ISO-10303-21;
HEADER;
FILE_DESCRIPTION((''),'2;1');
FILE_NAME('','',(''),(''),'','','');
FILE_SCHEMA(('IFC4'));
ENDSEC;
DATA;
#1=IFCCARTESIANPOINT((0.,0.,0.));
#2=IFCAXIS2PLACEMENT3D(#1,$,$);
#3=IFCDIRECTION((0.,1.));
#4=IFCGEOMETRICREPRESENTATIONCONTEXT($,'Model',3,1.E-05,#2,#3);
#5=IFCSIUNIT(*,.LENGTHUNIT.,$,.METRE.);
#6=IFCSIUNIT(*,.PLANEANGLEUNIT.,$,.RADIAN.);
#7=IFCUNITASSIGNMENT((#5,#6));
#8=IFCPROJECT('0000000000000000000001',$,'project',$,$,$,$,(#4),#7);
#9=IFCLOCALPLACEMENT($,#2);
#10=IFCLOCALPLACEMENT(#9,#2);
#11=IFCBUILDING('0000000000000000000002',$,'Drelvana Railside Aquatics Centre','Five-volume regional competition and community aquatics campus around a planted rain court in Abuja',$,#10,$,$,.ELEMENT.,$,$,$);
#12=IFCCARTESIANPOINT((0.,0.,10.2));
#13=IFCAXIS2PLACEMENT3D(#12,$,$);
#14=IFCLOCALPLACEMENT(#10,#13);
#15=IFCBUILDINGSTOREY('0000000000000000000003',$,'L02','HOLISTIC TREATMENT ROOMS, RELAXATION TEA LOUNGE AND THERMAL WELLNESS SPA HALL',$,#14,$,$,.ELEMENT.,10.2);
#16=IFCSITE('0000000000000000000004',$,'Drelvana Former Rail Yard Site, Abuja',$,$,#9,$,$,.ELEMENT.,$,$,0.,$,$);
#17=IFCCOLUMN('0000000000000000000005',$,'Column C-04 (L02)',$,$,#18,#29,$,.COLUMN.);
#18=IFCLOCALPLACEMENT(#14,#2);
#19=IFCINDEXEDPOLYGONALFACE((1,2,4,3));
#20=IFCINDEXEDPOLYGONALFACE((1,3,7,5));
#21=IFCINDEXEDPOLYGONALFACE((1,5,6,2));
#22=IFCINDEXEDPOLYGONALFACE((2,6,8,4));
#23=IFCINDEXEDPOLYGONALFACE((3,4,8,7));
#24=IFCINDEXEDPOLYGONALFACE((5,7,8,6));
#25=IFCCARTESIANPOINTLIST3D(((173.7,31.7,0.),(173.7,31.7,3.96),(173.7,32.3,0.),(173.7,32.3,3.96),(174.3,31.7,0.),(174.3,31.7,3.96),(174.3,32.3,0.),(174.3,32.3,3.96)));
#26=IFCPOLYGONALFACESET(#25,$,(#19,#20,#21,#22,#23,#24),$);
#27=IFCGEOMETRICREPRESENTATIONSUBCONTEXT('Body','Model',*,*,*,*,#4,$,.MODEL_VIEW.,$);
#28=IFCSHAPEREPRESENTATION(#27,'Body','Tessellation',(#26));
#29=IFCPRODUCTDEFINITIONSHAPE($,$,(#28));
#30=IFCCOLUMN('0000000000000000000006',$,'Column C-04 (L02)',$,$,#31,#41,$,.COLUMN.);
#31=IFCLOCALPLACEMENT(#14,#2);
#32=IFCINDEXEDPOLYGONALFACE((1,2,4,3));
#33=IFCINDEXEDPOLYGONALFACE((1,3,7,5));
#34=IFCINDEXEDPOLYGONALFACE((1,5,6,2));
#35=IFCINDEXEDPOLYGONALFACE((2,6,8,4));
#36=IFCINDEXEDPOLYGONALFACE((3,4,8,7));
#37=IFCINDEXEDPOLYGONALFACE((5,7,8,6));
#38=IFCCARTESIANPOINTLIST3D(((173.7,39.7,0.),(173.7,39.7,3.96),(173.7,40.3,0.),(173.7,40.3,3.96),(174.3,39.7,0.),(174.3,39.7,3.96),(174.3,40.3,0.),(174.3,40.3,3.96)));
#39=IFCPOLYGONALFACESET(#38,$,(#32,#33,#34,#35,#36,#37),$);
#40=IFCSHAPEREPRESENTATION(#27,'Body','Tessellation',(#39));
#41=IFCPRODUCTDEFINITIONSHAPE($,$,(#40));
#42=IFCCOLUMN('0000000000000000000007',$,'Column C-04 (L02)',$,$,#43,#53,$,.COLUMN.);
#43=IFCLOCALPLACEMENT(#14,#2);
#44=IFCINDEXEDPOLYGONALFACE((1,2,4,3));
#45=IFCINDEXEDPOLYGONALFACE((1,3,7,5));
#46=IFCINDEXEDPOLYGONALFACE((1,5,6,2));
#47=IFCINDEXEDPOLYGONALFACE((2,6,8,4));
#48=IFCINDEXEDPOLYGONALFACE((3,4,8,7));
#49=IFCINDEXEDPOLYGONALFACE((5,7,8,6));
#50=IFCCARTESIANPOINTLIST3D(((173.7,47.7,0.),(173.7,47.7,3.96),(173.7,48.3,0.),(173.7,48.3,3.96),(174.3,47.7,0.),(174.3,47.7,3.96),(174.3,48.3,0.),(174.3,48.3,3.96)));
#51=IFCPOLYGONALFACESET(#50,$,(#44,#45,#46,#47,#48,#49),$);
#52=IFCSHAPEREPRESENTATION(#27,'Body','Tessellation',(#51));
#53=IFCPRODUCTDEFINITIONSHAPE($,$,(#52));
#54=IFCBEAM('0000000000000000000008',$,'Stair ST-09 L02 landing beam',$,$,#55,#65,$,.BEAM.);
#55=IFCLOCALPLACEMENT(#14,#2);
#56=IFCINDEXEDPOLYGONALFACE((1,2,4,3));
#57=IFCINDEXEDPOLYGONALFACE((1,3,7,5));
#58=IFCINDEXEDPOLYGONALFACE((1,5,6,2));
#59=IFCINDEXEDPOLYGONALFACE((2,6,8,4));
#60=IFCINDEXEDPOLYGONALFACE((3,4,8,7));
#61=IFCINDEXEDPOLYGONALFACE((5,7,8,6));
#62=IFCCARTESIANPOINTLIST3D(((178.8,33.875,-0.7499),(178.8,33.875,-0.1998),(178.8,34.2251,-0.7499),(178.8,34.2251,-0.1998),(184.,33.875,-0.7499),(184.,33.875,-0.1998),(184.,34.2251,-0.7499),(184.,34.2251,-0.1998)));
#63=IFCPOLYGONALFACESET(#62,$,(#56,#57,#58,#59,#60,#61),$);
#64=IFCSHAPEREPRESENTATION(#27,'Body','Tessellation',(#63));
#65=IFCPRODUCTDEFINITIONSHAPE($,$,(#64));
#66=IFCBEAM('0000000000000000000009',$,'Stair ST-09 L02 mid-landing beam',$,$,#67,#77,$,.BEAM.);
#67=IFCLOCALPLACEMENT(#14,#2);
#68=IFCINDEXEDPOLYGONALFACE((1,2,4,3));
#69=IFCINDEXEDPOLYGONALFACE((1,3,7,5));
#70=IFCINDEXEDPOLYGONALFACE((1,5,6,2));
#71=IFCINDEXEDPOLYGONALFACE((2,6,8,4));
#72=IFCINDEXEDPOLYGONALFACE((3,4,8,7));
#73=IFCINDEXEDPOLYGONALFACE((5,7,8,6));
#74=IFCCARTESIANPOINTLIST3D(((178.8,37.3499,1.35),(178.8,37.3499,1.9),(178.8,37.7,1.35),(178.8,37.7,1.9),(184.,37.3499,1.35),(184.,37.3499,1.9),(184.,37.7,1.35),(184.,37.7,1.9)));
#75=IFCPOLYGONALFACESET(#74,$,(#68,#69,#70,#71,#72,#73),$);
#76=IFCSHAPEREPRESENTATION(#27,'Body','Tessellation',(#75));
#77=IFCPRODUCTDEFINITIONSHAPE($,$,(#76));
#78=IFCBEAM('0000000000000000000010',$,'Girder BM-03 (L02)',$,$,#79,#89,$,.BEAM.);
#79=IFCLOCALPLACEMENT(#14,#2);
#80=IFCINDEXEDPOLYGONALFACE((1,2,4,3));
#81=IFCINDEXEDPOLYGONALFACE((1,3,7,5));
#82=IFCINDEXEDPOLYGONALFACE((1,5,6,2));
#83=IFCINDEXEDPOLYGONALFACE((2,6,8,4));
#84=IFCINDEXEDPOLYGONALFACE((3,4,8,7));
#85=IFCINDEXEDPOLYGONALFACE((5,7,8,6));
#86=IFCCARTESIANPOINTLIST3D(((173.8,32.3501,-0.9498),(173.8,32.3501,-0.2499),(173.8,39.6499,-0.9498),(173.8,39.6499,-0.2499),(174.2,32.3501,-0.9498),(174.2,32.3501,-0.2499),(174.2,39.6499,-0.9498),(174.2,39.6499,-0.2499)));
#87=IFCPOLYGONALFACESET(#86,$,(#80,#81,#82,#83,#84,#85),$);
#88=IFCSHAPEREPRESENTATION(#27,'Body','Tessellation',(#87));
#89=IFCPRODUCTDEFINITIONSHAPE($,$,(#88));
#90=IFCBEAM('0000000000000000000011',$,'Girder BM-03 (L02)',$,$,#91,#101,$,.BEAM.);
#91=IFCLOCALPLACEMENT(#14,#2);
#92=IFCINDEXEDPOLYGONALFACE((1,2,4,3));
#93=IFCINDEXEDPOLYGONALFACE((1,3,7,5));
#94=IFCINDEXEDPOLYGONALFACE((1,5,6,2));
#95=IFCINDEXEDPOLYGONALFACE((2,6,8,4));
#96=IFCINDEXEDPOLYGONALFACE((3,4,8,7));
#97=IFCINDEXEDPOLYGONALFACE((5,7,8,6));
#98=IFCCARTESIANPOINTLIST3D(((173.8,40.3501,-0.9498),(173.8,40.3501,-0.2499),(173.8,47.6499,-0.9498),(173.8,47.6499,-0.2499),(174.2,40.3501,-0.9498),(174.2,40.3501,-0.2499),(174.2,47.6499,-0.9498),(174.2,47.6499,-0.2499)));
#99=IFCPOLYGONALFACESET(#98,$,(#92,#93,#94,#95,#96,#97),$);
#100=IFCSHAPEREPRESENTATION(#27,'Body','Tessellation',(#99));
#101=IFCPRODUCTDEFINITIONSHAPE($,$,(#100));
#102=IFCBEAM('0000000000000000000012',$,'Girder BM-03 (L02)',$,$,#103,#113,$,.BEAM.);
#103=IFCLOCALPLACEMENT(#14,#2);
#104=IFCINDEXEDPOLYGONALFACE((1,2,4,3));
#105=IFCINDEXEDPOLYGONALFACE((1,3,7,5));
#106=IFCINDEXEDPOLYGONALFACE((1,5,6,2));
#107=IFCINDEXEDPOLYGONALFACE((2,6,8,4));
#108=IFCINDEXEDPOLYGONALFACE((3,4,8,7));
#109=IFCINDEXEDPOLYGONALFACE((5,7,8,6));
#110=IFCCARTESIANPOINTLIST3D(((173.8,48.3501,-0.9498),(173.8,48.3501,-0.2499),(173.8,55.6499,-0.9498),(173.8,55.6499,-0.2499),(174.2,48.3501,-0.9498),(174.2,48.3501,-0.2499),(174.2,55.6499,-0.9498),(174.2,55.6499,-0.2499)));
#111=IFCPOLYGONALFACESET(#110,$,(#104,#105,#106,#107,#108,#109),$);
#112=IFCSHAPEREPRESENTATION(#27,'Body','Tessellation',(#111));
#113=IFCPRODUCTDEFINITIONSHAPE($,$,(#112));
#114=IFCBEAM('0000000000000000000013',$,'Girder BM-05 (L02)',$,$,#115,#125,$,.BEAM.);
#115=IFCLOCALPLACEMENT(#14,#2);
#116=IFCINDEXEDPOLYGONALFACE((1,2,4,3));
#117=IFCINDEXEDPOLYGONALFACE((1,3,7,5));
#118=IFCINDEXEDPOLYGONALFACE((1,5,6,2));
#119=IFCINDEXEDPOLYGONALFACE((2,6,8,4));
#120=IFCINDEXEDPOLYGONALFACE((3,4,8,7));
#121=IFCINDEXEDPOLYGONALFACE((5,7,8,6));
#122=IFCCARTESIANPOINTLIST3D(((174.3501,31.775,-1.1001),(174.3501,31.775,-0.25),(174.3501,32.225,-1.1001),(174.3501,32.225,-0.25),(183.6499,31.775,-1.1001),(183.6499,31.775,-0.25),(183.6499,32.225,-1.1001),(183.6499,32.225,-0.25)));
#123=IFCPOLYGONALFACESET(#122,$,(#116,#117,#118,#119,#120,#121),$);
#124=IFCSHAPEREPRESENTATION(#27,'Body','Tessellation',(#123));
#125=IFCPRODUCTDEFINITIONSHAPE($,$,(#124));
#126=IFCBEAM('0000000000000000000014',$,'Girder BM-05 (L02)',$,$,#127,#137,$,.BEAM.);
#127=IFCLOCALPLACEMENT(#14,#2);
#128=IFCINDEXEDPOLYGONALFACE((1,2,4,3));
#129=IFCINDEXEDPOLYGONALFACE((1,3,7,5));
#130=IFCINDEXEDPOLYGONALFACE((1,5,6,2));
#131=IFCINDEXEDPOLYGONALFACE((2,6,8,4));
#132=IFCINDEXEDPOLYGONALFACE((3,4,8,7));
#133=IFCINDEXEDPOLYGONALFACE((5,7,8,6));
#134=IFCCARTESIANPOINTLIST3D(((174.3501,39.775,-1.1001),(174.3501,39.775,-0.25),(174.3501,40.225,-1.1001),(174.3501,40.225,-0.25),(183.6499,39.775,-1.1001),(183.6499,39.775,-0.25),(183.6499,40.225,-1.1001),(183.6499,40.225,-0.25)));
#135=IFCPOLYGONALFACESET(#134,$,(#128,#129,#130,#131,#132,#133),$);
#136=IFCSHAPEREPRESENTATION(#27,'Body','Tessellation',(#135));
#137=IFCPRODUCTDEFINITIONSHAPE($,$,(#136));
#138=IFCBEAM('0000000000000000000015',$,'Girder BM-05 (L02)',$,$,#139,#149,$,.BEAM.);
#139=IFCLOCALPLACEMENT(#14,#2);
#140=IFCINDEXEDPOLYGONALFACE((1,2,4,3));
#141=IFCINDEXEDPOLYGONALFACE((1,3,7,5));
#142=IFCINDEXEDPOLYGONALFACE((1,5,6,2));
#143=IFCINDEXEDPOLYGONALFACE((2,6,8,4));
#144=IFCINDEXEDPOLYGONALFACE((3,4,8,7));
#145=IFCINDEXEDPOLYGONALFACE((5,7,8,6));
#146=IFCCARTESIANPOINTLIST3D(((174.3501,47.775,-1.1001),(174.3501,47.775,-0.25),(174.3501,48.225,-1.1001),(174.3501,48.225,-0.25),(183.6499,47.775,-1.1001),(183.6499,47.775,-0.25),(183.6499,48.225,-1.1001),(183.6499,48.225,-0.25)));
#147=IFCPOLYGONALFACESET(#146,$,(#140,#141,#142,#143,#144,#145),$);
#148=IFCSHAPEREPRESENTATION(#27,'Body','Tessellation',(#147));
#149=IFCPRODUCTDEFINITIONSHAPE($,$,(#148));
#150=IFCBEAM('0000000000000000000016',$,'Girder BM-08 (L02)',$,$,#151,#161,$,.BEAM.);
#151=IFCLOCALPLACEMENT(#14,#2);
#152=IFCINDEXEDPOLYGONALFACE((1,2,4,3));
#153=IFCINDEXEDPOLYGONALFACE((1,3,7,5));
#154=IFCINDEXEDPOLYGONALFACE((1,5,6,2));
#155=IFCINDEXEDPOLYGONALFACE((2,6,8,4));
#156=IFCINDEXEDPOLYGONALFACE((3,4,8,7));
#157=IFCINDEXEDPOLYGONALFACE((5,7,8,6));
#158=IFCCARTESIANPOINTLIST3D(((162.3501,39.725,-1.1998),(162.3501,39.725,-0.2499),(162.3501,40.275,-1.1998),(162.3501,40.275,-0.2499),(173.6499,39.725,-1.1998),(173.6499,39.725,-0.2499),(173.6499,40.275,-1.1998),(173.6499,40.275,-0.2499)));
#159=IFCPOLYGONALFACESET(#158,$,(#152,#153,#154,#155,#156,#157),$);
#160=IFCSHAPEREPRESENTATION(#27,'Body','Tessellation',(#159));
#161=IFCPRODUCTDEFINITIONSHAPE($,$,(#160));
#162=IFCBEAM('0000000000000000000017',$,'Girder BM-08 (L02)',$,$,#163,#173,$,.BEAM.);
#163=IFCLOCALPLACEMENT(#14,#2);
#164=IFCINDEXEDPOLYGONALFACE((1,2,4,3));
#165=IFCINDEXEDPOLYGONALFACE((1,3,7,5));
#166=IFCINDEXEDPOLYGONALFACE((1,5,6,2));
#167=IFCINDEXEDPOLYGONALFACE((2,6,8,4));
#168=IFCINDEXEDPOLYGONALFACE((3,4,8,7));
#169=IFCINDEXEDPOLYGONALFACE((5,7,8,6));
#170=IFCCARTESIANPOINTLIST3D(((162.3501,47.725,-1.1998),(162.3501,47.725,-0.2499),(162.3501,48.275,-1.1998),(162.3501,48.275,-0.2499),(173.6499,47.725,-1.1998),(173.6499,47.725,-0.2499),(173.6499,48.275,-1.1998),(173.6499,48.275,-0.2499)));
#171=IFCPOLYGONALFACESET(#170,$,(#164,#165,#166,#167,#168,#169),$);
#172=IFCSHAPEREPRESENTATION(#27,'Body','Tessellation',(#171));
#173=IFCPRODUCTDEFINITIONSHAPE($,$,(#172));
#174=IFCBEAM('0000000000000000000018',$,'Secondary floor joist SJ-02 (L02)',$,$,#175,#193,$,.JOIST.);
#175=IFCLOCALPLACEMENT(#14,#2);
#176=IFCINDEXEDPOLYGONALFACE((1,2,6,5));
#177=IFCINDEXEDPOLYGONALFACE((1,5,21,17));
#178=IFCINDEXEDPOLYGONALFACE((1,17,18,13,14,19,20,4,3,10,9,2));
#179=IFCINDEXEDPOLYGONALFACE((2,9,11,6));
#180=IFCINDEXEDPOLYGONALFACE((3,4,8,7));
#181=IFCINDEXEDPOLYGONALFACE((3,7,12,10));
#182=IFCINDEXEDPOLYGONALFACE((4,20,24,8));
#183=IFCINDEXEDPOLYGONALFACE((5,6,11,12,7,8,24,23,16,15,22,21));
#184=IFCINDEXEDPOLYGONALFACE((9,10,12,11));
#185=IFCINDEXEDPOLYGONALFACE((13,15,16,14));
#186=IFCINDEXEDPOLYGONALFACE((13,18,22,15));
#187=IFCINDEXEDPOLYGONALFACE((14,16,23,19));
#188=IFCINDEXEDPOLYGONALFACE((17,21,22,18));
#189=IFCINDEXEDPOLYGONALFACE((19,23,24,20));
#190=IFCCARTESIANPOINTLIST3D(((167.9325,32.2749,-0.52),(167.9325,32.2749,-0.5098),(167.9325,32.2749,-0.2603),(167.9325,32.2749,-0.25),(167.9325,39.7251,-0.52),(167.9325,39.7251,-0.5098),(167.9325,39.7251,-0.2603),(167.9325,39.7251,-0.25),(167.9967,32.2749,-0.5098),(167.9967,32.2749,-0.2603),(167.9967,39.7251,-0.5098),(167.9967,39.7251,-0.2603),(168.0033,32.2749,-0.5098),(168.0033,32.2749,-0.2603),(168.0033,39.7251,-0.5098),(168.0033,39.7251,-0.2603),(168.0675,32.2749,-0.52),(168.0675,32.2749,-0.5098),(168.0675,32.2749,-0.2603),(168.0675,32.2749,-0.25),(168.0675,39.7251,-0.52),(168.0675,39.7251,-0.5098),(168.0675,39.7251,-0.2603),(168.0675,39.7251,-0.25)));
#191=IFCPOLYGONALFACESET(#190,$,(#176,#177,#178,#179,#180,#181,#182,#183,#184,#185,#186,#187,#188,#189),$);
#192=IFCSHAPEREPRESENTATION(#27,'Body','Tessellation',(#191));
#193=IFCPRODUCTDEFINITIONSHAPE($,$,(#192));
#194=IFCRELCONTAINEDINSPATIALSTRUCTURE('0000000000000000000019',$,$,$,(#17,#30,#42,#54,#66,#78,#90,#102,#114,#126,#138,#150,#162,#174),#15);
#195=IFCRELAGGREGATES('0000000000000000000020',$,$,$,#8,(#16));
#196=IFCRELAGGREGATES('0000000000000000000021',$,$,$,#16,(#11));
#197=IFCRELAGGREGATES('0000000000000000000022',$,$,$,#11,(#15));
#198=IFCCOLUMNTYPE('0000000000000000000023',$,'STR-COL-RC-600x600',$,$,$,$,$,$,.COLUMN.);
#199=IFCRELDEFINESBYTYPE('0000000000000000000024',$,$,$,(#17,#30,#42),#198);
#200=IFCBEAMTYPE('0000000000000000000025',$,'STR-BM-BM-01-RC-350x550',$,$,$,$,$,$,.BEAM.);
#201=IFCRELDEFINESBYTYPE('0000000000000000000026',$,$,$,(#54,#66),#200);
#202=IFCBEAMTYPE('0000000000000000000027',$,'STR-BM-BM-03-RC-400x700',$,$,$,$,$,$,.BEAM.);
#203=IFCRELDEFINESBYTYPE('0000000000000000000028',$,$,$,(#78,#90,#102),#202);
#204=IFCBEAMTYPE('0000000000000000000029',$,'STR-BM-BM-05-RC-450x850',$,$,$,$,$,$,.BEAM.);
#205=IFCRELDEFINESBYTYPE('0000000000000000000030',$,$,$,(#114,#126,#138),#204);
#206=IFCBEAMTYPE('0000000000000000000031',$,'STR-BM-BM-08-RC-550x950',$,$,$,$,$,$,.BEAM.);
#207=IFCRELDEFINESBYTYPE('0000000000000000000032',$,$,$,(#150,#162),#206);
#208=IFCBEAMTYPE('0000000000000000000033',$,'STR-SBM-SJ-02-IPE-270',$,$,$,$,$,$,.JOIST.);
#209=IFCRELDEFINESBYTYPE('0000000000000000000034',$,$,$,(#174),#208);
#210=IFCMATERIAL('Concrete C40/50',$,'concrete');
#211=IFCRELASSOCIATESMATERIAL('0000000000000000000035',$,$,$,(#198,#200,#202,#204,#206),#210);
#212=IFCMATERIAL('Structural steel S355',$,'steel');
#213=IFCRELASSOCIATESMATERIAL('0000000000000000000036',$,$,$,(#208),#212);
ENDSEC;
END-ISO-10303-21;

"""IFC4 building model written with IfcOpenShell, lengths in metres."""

from ifc_helpers import new_model, si_unit, direction, frame, origin, origin_2d, place, context, subcontext, project, spatial, rectangle, i_section, extrude, material, material_profile, profile_set, type_object, element, save


model = new_model("IFC4")

# Units and contexts
model_context = context("Model", 3, precision=1e-05, world=origin(), true_north=direction((0.0, 1.0)))
body_context = subcontext(model_context, "Body", "Model", "MODEL_VIEW")
ifc_project = project(units=[si_unit("LENGTHUNIT", "METRE"), si_unit("PLANEANGLEUNIT", "RADIAN")], contexts=[model_context])

# Site, building, storey
site_placement = place(None, origin())
site = spatial("IfcSite", under=ifc_project, at=site_placement, Name="Drelvana Former Rail Yard Site, Abuja", CompositionType="ELEMENT", RefElevation=0.0)
building_placement = place(site_placement, origin())
building = spatial("IfcBuilding", under=site, at=building_placement, Name="Drelvana Railside Aquatics Centre", Description="Five-volume regional competition and community aquatics campus around a planted rain court in Abuja", CompositionType="ELEMENT")
storey_placement = place(building_placement, frame((0.0, 0.0, 10.2)))
storey = spatial("IfcBuildingStorey", under=building, at=storey_placement, Name="L02", Description="HOLISTIC TREATMENT ROOMS, RELAXATION TEA LOUNGE AND THERMAL WELLNESS SPA HALL", CompositionType="ELEMENT", Elevation=10.2)

# Columns
ifc_material_1 = material(Name="Concrete C40/50", Category="concrete")
ifc_material_profile_1 = material_profile(ifc_material_1, rectangle(XDim=0.6001, YDim=0.6001, at=origin_2d()), Name="RC 600x600")
ifc_profile_set_1 = profile_set([ifc_material_profile_1], Name="Concrete C40/50")
column_type = type_object("IfcColumnType", Name="STR-COL-RC-600x600", PredefinedType="COLUMN", material=ifc_profile_set_1)
for number, where, z_axis, x_axis, name in (
    (1, (174.0, 32.0, 0.0), (0.0, 0.0, 1.0), (1.0, 0.0, 0.0), "Column C-04 (L02)"),
    (2, (174.0, 40.0, 0.0), (0.0, 0.0, 1.0), (1.0, 0.0, 0.0), "Column C-04 (L02)"),
    (3, (174.0, 48.0, 0.0), (0.0, 0.0, 1.0), (1.0, 0.0, 0.0), "Column C-04 (L02)"),
):
    element("IfcColumn", number, at=place(storey_placement, frame(where, z_axis=z_axis, x_axis=x_axis)), inside=storey, type_object=column_type, Name=name, PredefinedType="COLUMN", context=body_context, shape_type="SweptSolid", body=[
        extrude(rectangle(XDim=0.6001, YDim=0.6001, at=origin_2d()), origin(), (0.0, 0.0, 1.0), 3.96),
    ])

# Beams
ifc_material_profile_2 = material_profile(ifc_material_1, rectangle(XDim=0.3501, YDim=0.55, at=origin_2d()), Name="RC 350x550")
ifc_profile_set_2 = profile_set([ifc_material_profile_2], Name="Concrete C40/50")
beam_type_1 = type_object("IfcBeamType", Name="STR-BM-BM-01-RC-350x550", PredefinedType="BEAM", material=ifc_profile_set_2)
for number, where, z_axis, x_axis, name in (
    (4, (178.8, 34.05, -0.4749), (1.0, 0.0, 0.0), (0.0, 1.0, 0.0), "Stair ST-09 L02 landing beam"),
    (5, (178.8, 37.5249, 1.625), (1.0, 0.0, 0.0), (0.0, 1.0, 0.0), "Stair ST-09 L02 mid-landing beam"),
):
    element("IfcBeam", number, at=place(storey_placement, frame(where, z_axis=z_axis, x_axis=x_axis)), inside=storey, type_object=beam_type_1, Name=name, PredefinedType="BEAM", context=body_context, shape_type="SweptSolid", body=[
        extrude(rectangle(XDim=0.3501, YDim=0.55, at=origin_2d()), origin(), (0.0, 0.0, 1.0), 5.2),
    ])
ifc_material_profile_3 = material_profile(ifc_material_1, rectangle(XDim=0.3999, YDim=0.7, at=origin_2d()), Name="RC 400x700")
ifc_profile_set_3 = profile_set([ifc_material_profile_3], Name="Concrete C40/50")
beam_type_2 = type_object("IfcBeamType", Name="STR-BM-BM-03-RC-400x700", PredefinedType="BEAM", material=ifc_profile_set_3)
for number, where, z_axis, x_axis, name in (
    (6, (174.0, 32.3501, -0.5999), (0.0, 1.0, 0.0), (-1.0, 0.0, 0.0), "Girder BM-03 (L02)"),
    (7, (174.0, 40.3501, -0.5999), (0.0, 1.0, 0.0), (-1.0, 0.0, 0.0), "Girder BM-03 (L02)"),
    (8, (174.0, 48.3501, -0.5999), (0.0, 1.0, 0.0), (-1.0, 0.0, 0.0), "Girder BM-03 (L02)"),
):
    element("IfcBeam", number, at=place(storey_placement, frame(where, z_axis=z_axis, x_axis=x_axis)), inside=storey, type_object=beam_type_2, Name=name, PredefinedType="BEAM", context=body_context, shape_type="SweptSolid", body=[
        extrude(rectangle(XDim=0.3999, YDim=0.7, at=origin_2d()), origin(), (0.0, 0.0, 1.0), 7.2998),
    ])
ifc_material_profile_4 = material_profile(ifc_material_1, rectangle(XDim=0.45, YDim=0.8501, at=origin_2d()), Name="RC 450x850")
ifc_profile_set_4 = profile_set([ifc_material_profile_4], Name="Concrete C40/50")
beam_type_3 = type_object("IfcBeamType", Name="STR-BM-BM-05-RC-450x850", PredefinedType="BEAM", material=ifc_profile_set_4)
for number, where, z_axis, x_axis, name in (
    (9, (174.3501, 32.0, -0.675), (1.0, 0.0, 0.0), (0.0, 1.0, 0.0), "Girder BM-05 (L02)"),
    (10, (174.3501, 40.0, -0.675), (1.0, 0.0, 0.0), (0.0, 1.0, 0.0), "Girder BM-05 (L02)"),
    (11, (174.3501, 48.0, -0.675), (1.0, 0.0, 0.0), (0.0, 1.0, 0.0), "Girder BM-05 (L02)"),
):
    element("IfcBeam", number, at=place(storey_placement, frame(where, z_axis=z_axis, x_axis=x_axis)), inside=storey, type_object=beam_type_3, Name=name, PredefinedType="BEAM", context=body_context, shape_type="SweptSolid", body=[
        extrude(rectangle(XDim=0.45, YDim=0.8501, at=origin_2d()), origin(), (0.0, 0.0, 1.0), 9.2998),
    ])
ifc_material_profile_5 = material_profile(ifc_material_1, rectangle(XDim=0.55, YDim=0.95, at=origin_2d()), Name="RC 550x950")
ifc_profile_set_5 = profile_set([ifc_material_profile_5], Name="Concrete C40/50")
beam_type_4 = type_object("IfcBeamType", Name="STR-BM-BM-08-RC-550x950", PredefinedType="BEAM", material=ifc_profile_set_5)
for number, where, z_axis, x_axis, name in (
    (12, (162.3501, 40.0, -0.7249), (1.0, 0.0, 0.0), (0.0, 1.0, 0.0), "Girder BM-08 (L02)"),
    (13, (162.3501, 48.0, -0.7249), (1.0, 0.0, 0.0), (0.0, 1.0, 0.0), "Girder BM-08 (L02)"),
):
    element("IfcBeam", number, at=place(storey_placement, frame(where, z_axis=z_axis, x_axis=x_axis)), inside=storey, type_object=beam_type_4, Name=name, PredefinedType="BEAM", context=body_context, shape_type="SweptSolid", body=[
        extrude(rectangle(XDim=0.55, YDim=0.95, at=origin_2d()), origin(), (0.0, 0.0, 1.0), 11.2998),
    ])
ifc_material_2 = material(Name="Structural steel S355", Category="steel")
ifc_material_profile_6 = material_profile(ifc_material_2, i_section(OverallWidth=0.135, OverallDepth=0.27, WebThickness=0.0066, FlangeThickness=0.0103, at=origin_2d()), Name="IPE 270")
ifc_profile_set_6 = profile_set([ifc_material_profile_6], Name="Structural steel S355")
beam_type_5 = type_object("IfcBeamType", Name="STR-SBM-SJ-02-IPE-270", PredefinedType="JOIST", material=ifc_profile_set_6)
for number, where, z_axis, x_axis, name in (
    (14, (168.0, 32.2749, -0.385), (0.0, 1.0, 0.0), (-1.0, 0.0, 0.0), "Secondary floor joist SJ-02 (L02)"),
):
    element("IfcBeam", number, at=place(storey_placement, frame(where, z_axis=z_axis, x_axis=x_axis)), inside=storey, type_object=beam_type_5, Name=name, PredefinedType="JOIST", context=body_context, shape_type="SweptSolid", body=[
        extrude(i_section(OverallWidth=0.135, OverallDepth=0.27, WebThickness=0.0066, FlangeThickness=0.0103, at=origin_2d()), origin(), (0.0, 0.0, 1.0), 7.4502),
    ])

save(model, "model.ifc")
